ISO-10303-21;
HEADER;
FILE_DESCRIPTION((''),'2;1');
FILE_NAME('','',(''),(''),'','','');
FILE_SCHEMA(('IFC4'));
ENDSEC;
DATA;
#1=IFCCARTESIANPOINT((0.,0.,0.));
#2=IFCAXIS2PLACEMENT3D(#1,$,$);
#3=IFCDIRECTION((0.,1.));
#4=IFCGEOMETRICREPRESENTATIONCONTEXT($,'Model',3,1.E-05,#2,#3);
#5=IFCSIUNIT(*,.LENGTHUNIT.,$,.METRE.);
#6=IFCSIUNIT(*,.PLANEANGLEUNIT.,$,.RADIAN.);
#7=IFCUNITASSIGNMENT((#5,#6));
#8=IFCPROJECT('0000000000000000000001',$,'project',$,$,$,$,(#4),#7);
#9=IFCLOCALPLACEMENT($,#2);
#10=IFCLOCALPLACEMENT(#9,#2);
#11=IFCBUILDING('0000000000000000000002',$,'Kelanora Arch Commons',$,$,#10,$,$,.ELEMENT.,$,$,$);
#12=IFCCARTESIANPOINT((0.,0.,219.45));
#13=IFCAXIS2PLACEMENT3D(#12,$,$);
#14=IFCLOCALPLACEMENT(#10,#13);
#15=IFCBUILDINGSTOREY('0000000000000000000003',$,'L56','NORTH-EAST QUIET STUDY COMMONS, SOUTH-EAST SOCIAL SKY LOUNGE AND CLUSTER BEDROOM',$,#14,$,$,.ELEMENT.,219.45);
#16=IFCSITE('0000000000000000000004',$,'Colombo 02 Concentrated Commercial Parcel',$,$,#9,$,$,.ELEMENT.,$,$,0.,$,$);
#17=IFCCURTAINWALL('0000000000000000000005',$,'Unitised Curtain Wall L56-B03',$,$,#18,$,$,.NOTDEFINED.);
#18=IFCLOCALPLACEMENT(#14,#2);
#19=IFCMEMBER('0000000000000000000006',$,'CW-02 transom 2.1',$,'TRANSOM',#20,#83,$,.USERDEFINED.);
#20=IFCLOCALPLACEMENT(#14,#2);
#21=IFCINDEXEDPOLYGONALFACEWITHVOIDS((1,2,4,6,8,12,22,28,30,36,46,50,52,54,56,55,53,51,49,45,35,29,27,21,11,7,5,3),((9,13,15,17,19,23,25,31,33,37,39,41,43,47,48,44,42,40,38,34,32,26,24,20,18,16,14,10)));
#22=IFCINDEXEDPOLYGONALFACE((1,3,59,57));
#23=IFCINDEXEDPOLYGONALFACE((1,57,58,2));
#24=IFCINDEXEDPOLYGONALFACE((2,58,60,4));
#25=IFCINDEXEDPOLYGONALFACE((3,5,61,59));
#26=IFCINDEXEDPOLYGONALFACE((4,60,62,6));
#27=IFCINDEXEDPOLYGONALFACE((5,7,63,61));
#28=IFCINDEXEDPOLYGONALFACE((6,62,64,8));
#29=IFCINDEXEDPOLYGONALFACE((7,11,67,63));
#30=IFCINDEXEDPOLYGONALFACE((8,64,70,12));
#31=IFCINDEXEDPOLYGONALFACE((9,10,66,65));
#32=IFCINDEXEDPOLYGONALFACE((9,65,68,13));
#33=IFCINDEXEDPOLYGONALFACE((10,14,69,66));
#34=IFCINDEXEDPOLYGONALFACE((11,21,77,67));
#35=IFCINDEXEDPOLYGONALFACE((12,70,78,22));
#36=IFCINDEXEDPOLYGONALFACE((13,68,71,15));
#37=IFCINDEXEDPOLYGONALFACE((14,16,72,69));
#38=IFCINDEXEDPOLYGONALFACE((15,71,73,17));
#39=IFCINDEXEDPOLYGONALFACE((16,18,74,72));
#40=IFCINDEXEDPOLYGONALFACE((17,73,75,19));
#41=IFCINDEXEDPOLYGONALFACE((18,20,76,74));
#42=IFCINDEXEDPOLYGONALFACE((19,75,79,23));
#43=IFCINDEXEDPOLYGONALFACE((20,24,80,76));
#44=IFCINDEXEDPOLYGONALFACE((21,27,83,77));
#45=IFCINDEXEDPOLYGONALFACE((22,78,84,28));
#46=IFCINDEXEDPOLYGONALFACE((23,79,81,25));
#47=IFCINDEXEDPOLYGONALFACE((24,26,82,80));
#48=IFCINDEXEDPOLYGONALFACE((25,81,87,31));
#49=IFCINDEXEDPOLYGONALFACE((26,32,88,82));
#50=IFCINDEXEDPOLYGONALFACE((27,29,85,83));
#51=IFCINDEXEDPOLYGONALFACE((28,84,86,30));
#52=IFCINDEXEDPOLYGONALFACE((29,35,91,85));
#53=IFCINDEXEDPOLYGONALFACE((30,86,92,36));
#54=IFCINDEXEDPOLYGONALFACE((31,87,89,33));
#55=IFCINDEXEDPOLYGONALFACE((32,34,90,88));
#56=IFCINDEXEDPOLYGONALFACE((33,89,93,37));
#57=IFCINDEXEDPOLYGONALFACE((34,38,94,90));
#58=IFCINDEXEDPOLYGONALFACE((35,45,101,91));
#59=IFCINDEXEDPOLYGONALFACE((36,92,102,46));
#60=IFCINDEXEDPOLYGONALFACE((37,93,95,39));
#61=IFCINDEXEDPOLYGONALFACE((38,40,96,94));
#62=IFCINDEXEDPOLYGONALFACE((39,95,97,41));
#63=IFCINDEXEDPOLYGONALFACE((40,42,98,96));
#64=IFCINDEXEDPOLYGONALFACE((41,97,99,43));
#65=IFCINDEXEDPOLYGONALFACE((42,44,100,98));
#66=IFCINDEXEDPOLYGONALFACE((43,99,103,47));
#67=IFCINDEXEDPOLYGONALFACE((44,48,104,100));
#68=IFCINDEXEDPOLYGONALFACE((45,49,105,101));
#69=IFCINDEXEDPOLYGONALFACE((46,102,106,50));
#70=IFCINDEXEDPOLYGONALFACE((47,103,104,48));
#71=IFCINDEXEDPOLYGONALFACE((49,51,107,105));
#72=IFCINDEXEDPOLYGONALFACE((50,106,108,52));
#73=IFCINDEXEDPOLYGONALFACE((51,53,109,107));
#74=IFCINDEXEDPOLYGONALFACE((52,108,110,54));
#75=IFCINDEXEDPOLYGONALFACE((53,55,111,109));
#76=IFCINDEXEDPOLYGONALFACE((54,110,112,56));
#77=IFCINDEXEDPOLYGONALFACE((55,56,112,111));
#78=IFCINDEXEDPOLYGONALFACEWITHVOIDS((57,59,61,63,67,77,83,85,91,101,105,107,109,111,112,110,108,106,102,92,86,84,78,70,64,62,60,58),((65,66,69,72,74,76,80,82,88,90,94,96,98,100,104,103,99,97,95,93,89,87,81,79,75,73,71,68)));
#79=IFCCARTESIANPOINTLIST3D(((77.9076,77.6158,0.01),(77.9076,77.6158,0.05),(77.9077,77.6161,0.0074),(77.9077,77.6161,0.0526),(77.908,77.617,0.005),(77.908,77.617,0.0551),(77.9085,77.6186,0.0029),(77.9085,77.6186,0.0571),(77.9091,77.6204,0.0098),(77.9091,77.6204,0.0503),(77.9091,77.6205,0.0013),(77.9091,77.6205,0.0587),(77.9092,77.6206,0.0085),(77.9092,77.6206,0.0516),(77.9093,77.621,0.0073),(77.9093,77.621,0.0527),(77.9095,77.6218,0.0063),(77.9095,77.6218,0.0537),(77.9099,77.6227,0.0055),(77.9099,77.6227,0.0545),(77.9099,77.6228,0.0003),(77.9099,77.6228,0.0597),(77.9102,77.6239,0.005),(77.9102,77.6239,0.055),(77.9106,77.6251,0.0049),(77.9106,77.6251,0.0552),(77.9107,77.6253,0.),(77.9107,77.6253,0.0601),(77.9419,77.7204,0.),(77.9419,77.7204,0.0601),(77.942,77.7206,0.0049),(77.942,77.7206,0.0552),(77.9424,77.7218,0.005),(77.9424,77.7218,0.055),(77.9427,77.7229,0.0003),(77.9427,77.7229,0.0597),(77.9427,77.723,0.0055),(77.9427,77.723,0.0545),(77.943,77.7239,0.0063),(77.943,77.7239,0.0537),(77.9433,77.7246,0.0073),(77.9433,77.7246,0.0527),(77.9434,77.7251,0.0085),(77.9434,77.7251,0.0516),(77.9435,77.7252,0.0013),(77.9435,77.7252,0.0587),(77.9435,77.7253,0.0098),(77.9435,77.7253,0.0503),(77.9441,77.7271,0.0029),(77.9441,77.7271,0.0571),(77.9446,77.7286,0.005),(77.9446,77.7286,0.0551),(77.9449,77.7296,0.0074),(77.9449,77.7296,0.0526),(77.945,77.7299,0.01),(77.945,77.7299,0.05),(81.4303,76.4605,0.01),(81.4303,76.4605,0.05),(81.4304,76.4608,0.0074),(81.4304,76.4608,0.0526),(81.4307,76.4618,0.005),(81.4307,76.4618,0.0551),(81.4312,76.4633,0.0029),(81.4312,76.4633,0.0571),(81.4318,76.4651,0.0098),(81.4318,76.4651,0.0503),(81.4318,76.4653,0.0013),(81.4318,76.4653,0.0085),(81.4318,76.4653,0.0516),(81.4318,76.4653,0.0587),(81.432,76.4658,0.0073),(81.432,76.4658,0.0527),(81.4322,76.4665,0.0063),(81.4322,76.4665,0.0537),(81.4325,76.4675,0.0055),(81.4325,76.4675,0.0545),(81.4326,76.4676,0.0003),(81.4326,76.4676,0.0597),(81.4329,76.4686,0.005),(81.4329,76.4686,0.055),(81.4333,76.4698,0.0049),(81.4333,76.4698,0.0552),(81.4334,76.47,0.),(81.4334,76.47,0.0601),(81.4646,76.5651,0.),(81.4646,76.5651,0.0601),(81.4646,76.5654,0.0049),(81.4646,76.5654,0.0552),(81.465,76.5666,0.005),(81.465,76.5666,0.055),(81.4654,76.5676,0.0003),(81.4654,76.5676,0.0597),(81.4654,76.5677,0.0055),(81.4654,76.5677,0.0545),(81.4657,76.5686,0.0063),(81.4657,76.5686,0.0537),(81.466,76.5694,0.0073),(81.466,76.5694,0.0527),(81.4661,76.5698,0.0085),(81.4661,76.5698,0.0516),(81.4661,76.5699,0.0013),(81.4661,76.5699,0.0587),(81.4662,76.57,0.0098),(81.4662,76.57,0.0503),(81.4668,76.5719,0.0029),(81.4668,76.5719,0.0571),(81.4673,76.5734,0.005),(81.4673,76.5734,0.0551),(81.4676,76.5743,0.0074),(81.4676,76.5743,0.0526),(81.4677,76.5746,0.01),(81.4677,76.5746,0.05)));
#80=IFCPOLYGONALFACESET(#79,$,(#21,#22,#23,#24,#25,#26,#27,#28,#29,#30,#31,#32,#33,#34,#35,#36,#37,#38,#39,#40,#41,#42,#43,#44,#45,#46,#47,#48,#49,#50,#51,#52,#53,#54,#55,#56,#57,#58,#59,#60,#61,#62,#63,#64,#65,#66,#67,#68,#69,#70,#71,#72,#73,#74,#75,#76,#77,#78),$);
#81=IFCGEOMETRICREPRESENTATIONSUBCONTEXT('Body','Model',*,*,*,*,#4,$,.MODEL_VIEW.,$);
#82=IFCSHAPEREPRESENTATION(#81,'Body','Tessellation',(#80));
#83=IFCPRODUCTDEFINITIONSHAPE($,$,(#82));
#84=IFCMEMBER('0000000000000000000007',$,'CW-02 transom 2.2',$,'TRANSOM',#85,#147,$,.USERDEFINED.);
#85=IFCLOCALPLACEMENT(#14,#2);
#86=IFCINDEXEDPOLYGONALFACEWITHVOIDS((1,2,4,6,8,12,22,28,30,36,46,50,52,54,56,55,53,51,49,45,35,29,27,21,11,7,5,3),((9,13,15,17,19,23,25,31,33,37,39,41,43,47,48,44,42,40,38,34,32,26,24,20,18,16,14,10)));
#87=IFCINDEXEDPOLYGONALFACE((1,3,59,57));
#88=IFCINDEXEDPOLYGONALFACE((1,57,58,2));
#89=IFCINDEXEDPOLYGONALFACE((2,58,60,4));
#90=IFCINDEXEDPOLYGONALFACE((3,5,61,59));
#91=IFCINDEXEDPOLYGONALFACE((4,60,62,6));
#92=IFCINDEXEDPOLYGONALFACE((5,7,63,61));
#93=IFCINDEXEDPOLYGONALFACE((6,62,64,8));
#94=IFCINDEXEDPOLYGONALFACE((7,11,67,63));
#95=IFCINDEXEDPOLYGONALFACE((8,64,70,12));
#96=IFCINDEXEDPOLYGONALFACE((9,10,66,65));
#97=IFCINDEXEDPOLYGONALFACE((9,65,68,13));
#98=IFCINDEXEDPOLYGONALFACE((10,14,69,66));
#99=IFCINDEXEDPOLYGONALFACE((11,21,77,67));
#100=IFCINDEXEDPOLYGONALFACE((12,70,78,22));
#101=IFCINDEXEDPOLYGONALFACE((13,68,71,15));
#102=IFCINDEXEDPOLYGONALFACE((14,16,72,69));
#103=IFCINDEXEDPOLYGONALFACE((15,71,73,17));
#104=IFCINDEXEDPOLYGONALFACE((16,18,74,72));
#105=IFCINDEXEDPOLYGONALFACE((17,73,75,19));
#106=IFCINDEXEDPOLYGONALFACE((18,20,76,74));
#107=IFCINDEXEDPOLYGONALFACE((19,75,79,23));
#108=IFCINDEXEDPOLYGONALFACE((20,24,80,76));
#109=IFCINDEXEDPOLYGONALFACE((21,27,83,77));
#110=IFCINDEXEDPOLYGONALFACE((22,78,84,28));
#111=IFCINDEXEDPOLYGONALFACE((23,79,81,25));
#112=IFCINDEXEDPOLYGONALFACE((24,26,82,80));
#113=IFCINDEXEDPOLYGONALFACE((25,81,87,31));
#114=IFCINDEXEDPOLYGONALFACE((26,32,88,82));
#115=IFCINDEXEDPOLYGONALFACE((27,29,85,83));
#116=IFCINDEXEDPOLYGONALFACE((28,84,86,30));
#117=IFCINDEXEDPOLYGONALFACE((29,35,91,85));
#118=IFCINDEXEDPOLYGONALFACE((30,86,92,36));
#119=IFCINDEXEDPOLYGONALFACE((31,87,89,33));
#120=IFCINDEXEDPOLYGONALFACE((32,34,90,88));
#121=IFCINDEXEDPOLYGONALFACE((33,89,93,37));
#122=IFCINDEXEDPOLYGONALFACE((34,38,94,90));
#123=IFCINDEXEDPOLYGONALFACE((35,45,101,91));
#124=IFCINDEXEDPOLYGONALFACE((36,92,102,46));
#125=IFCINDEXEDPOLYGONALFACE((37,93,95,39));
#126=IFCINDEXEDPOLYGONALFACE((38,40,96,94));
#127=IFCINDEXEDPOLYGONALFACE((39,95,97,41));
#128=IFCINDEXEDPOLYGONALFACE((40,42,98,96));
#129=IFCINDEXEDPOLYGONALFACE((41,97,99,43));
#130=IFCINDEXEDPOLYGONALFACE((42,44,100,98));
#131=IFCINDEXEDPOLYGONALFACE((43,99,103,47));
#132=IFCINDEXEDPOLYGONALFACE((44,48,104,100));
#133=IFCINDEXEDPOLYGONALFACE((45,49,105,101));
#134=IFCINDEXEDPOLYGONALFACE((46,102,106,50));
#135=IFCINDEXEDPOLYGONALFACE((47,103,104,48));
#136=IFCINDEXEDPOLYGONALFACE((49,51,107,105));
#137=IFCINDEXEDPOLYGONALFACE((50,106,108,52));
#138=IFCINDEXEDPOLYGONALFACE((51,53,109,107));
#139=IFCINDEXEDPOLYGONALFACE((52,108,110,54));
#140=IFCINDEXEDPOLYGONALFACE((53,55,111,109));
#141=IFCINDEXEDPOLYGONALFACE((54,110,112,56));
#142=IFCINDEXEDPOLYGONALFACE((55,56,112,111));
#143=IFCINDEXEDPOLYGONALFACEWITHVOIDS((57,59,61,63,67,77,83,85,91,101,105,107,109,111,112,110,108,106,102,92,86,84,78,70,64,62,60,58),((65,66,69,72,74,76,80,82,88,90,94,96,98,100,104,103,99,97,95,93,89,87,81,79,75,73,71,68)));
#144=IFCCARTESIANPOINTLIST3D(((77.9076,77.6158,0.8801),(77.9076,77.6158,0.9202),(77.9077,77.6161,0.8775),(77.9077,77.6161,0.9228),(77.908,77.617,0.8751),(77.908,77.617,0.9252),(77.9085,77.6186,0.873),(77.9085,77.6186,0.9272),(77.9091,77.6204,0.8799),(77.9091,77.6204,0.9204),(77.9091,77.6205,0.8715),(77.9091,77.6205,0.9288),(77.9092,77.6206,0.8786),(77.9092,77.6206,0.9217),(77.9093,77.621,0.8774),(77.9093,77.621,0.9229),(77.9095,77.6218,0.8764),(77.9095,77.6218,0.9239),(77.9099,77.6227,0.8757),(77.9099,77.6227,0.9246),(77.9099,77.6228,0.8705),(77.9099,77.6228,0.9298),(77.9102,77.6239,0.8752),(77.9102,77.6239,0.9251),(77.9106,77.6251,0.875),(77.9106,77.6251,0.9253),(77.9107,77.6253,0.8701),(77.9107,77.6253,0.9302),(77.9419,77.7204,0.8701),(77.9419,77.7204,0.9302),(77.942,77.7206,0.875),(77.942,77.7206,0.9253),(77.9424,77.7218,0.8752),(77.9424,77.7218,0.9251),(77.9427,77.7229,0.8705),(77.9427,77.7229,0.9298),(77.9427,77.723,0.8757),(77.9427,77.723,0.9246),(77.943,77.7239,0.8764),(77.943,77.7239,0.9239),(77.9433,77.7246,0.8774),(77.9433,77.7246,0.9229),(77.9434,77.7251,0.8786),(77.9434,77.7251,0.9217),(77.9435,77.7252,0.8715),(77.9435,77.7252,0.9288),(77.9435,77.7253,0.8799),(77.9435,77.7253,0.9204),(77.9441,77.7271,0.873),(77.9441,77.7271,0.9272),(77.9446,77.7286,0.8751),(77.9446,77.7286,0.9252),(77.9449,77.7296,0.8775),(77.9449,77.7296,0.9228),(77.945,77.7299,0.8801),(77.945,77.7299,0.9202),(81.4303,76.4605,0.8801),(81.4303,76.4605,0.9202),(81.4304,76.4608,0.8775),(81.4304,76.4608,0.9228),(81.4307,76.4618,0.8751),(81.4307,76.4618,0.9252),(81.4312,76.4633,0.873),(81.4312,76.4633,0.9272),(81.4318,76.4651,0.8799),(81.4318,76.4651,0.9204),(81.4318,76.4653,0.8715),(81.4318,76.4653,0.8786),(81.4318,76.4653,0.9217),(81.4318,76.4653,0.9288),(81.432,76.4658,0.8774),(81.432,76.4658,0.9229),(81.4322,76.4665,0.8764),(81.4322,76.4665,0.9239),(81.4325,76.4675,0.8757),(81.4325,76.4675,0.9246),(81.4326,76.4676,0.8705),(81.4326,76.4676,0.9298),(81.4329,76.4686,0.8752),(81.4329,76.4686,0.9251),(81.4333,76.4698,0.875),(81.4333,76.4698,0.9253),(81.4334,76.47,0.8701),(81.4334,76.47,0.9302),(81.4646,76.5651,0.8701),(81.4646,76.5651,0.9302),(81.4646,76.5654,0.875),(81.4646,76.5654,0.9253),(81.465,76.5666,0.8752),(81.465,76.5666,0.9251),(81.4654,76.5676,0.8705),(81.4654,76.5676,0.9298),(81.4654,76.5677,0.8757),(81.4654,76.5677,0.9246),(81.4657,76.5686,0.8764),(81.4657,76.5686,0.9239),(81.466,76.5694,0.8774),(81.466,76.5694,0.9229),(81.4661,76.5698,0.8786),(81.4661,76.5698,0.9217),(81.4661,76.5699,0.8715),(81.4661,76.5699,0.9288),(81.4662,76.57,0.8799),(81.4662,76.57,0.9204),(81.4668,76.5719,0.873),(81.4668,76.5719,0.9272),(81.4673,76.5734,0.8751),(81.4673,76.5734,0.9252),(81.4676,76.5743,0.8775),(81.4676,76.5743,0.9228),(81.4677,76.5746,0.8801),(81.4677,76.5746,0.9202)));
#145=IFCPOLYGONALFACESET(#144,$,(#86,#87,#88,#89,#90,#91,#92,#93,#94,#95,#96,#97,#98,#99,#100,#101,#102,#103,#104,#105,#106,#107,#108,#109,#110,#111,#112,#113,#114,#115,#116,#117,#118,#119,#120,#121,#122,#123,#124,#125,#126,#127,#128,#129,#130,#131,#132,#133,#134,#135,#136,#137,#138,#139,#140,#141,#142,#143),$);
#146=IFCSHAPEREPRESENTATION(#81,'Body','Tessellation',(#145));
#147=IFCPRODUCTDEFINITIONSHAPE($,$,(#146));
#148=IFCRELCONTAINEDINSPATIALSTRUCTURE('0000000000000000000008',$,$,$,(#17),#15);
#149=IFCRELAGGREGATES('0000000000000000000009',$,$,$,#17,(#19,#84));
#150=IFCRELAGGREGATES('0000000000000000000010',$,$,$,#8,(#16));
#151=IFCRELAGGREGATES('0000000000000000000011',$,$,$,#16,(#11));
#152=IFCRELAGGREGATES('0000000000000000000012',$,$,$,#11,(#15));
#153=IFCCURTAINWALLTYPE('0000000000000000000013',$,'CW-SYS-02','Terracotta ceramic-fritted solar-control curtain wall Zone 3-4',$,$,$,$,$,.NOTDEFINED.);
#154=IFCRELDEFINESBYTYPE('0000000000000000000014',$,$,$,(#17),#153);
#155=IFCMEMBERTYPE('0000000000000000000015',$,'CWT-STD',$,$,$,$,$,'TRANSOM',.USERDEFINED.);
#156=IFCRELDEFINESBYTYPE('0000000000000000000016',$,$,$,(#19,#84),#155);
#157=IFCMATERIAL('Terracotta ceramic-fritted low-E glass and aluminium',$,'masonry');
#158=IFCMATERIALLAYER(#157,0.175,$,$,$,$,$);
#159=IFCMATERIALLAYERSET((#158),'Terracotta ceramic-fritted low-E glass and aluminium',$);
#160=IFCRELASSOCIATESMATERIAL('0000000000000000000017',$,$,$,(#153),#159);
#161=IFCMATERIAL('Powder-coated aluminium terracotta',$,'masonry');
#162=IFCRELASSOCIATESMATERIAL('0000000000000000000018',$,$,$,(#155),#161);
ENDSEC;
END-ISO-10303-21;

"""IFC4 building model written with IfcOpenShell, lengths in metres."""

from ifc_helpers import new_model, si_unit, direction, frame, origin, origin_2d, place, context, subcontext, project, spatial, hollow_rectangle, extrude, material, layer, layer_set, material_profile, profile_set, type_object, element, aggregate, save


model = new_model("IFC4")

# Units and contexts
model_context = context("Model", 3, precision=1e-05, world=origin(), true_north=direction((0.0, 1.0)))
body_context = subcontext(model_context, "Body", "Model", "MODEL_VIEW")
ifc_project = project(units=[si_unit("LENGTHUNIT", "METRE"), si_unit("PLANEANGLEUNIT", "RADIAN")], contexts=[model_context])

# Site, building, storey
site_placement = place(None, origin())
site = spatial("IfcSite", under=ifc_project, at=site_placement, Name="Colombo 02 Concentrated Commercial Parcel", CompositionType="ELEMENT", RefElevation=0.0)
building_placement = place(site_placement, origin())
building = spatial("IfcBuilding", under=site, at=building_placement, Name="Kelanora Arch Commons", CompositionType="ELEMENT")
storey_placement = place(building_placement, frame((0.0, 0.0, 219.45)))
storey = spatial("IfcBuildingStorey", under=building, at=storey_placement, Name="L56", Description="NORTH-EAST QUIET STUDY COMMONS, SOUTH-EAST SOCIAL SKY LOUNGE AND CLUSTER BEDROOM", CompositionType="ELEMENT", Elevation=219.45)

# Curtain wall, members
ifc_material_1 = material(Name="Terracotta ceramic-fritted low-E glass and aluminium", Category="masonry")
ifc_layer_1 = layer(ifc_material_1, 0.175)
ifc_layer_set_1 = layer_set([ifc_layer_1], Name="Terracotta ceramic-fritted low-E glass and aluminium")
curtain_wall_type = type_object("IfcCurtainWallType", Name="CW-SYS-02", Description="Terracotta ceramic-fritted solar-control curtain wall Zone 3-4", PredefinedType="NOTDEFINED", material=ifc_layer_set_1)
curtain_wall_placement = place(storey_placement, origin())
curtain_wall = element("IfcCurtainWall", 1, at=curtain_wall_placement, inside=storey, type_object=curtain_wall_type, Name="Unitised Curtain Wall L56-B03", PredefinedType="NOTDEFINED")
ifc_material_2 = material(Name="Powder-coated aluminium terracotta", Category="masonry")
ifc_material_profile_1 = material_profile(ifc_material_2, hollow_rectangle(XDim=0.1201, YDim=0.0601, WallThickness=0.0049, InnerFilletRadius=0.0049, OuterFilletRadius=0.01, at=origin_2d()), Name="CWT120x60")
ifc_profile_set_1 = profile_set([ifc_material_profile_1], Name="Powder-coated aluminium terracotta")
member_type_1 = type_object("IfcMemberType", Name="CWT-STD", ElementType="TRANSOM", PredefinedType="USERDEFINED", material=ifc_profile_set_1)
member_1_placement = place(storey_placement, frame((81.449, 76.5176, 0.03), z_axis=(-0.950207, 0.311621, 0.0), x_axis=(-0.311621, -0.950207, 0.0)))
member_1 = element("IfcMember", 2, at=member_1_placement, type_object=member_type_1, Name="CW-02 transom 2.1", ObjectType="TRANSOM", PredefinedType="USERDEFINED", context=body_context, shape_type="SweptSolid", body=[
    extrude(hollow_rectangle(XDim=0.1201, YDim=0.0601, WallThickness=0.0049, InnerFilletRadius=0.0049, OuterFilletRadius=0.01, at=origin_2d()), origin(), (0.0, 0.0, 1.0), 3.7073),
])
member_2_placement = place(storey_placement, frame((81.449, 76.5176, 0.9001), z_axis=(-0.950207, 0.311621, 0.0), x_axis=(-0.311621, -0.950207, 0.0)))
member_2 = element("IfcMember", 3, at=member_2_placement, type_object=member_type_1, Name="CW-02 transom 2.2", ObjectType="TRANSOM", PredefinedType="USERDEFINED", context=body_context, shape_type="SweptSolid", body=[
    extrude(hollow_rectangle(XDim=0.1201, YDim=0.0601, WallThickness=0.0049, InnerFilletRadius=0.0049, OuterFilletRadius=0.01, at=origin_2d()), origin(), (0.0, 0.0, 1.0), 3.7073),
])
aggregate(curtain_wall, [member_1, member_2])

save(model, "model.ifc")
